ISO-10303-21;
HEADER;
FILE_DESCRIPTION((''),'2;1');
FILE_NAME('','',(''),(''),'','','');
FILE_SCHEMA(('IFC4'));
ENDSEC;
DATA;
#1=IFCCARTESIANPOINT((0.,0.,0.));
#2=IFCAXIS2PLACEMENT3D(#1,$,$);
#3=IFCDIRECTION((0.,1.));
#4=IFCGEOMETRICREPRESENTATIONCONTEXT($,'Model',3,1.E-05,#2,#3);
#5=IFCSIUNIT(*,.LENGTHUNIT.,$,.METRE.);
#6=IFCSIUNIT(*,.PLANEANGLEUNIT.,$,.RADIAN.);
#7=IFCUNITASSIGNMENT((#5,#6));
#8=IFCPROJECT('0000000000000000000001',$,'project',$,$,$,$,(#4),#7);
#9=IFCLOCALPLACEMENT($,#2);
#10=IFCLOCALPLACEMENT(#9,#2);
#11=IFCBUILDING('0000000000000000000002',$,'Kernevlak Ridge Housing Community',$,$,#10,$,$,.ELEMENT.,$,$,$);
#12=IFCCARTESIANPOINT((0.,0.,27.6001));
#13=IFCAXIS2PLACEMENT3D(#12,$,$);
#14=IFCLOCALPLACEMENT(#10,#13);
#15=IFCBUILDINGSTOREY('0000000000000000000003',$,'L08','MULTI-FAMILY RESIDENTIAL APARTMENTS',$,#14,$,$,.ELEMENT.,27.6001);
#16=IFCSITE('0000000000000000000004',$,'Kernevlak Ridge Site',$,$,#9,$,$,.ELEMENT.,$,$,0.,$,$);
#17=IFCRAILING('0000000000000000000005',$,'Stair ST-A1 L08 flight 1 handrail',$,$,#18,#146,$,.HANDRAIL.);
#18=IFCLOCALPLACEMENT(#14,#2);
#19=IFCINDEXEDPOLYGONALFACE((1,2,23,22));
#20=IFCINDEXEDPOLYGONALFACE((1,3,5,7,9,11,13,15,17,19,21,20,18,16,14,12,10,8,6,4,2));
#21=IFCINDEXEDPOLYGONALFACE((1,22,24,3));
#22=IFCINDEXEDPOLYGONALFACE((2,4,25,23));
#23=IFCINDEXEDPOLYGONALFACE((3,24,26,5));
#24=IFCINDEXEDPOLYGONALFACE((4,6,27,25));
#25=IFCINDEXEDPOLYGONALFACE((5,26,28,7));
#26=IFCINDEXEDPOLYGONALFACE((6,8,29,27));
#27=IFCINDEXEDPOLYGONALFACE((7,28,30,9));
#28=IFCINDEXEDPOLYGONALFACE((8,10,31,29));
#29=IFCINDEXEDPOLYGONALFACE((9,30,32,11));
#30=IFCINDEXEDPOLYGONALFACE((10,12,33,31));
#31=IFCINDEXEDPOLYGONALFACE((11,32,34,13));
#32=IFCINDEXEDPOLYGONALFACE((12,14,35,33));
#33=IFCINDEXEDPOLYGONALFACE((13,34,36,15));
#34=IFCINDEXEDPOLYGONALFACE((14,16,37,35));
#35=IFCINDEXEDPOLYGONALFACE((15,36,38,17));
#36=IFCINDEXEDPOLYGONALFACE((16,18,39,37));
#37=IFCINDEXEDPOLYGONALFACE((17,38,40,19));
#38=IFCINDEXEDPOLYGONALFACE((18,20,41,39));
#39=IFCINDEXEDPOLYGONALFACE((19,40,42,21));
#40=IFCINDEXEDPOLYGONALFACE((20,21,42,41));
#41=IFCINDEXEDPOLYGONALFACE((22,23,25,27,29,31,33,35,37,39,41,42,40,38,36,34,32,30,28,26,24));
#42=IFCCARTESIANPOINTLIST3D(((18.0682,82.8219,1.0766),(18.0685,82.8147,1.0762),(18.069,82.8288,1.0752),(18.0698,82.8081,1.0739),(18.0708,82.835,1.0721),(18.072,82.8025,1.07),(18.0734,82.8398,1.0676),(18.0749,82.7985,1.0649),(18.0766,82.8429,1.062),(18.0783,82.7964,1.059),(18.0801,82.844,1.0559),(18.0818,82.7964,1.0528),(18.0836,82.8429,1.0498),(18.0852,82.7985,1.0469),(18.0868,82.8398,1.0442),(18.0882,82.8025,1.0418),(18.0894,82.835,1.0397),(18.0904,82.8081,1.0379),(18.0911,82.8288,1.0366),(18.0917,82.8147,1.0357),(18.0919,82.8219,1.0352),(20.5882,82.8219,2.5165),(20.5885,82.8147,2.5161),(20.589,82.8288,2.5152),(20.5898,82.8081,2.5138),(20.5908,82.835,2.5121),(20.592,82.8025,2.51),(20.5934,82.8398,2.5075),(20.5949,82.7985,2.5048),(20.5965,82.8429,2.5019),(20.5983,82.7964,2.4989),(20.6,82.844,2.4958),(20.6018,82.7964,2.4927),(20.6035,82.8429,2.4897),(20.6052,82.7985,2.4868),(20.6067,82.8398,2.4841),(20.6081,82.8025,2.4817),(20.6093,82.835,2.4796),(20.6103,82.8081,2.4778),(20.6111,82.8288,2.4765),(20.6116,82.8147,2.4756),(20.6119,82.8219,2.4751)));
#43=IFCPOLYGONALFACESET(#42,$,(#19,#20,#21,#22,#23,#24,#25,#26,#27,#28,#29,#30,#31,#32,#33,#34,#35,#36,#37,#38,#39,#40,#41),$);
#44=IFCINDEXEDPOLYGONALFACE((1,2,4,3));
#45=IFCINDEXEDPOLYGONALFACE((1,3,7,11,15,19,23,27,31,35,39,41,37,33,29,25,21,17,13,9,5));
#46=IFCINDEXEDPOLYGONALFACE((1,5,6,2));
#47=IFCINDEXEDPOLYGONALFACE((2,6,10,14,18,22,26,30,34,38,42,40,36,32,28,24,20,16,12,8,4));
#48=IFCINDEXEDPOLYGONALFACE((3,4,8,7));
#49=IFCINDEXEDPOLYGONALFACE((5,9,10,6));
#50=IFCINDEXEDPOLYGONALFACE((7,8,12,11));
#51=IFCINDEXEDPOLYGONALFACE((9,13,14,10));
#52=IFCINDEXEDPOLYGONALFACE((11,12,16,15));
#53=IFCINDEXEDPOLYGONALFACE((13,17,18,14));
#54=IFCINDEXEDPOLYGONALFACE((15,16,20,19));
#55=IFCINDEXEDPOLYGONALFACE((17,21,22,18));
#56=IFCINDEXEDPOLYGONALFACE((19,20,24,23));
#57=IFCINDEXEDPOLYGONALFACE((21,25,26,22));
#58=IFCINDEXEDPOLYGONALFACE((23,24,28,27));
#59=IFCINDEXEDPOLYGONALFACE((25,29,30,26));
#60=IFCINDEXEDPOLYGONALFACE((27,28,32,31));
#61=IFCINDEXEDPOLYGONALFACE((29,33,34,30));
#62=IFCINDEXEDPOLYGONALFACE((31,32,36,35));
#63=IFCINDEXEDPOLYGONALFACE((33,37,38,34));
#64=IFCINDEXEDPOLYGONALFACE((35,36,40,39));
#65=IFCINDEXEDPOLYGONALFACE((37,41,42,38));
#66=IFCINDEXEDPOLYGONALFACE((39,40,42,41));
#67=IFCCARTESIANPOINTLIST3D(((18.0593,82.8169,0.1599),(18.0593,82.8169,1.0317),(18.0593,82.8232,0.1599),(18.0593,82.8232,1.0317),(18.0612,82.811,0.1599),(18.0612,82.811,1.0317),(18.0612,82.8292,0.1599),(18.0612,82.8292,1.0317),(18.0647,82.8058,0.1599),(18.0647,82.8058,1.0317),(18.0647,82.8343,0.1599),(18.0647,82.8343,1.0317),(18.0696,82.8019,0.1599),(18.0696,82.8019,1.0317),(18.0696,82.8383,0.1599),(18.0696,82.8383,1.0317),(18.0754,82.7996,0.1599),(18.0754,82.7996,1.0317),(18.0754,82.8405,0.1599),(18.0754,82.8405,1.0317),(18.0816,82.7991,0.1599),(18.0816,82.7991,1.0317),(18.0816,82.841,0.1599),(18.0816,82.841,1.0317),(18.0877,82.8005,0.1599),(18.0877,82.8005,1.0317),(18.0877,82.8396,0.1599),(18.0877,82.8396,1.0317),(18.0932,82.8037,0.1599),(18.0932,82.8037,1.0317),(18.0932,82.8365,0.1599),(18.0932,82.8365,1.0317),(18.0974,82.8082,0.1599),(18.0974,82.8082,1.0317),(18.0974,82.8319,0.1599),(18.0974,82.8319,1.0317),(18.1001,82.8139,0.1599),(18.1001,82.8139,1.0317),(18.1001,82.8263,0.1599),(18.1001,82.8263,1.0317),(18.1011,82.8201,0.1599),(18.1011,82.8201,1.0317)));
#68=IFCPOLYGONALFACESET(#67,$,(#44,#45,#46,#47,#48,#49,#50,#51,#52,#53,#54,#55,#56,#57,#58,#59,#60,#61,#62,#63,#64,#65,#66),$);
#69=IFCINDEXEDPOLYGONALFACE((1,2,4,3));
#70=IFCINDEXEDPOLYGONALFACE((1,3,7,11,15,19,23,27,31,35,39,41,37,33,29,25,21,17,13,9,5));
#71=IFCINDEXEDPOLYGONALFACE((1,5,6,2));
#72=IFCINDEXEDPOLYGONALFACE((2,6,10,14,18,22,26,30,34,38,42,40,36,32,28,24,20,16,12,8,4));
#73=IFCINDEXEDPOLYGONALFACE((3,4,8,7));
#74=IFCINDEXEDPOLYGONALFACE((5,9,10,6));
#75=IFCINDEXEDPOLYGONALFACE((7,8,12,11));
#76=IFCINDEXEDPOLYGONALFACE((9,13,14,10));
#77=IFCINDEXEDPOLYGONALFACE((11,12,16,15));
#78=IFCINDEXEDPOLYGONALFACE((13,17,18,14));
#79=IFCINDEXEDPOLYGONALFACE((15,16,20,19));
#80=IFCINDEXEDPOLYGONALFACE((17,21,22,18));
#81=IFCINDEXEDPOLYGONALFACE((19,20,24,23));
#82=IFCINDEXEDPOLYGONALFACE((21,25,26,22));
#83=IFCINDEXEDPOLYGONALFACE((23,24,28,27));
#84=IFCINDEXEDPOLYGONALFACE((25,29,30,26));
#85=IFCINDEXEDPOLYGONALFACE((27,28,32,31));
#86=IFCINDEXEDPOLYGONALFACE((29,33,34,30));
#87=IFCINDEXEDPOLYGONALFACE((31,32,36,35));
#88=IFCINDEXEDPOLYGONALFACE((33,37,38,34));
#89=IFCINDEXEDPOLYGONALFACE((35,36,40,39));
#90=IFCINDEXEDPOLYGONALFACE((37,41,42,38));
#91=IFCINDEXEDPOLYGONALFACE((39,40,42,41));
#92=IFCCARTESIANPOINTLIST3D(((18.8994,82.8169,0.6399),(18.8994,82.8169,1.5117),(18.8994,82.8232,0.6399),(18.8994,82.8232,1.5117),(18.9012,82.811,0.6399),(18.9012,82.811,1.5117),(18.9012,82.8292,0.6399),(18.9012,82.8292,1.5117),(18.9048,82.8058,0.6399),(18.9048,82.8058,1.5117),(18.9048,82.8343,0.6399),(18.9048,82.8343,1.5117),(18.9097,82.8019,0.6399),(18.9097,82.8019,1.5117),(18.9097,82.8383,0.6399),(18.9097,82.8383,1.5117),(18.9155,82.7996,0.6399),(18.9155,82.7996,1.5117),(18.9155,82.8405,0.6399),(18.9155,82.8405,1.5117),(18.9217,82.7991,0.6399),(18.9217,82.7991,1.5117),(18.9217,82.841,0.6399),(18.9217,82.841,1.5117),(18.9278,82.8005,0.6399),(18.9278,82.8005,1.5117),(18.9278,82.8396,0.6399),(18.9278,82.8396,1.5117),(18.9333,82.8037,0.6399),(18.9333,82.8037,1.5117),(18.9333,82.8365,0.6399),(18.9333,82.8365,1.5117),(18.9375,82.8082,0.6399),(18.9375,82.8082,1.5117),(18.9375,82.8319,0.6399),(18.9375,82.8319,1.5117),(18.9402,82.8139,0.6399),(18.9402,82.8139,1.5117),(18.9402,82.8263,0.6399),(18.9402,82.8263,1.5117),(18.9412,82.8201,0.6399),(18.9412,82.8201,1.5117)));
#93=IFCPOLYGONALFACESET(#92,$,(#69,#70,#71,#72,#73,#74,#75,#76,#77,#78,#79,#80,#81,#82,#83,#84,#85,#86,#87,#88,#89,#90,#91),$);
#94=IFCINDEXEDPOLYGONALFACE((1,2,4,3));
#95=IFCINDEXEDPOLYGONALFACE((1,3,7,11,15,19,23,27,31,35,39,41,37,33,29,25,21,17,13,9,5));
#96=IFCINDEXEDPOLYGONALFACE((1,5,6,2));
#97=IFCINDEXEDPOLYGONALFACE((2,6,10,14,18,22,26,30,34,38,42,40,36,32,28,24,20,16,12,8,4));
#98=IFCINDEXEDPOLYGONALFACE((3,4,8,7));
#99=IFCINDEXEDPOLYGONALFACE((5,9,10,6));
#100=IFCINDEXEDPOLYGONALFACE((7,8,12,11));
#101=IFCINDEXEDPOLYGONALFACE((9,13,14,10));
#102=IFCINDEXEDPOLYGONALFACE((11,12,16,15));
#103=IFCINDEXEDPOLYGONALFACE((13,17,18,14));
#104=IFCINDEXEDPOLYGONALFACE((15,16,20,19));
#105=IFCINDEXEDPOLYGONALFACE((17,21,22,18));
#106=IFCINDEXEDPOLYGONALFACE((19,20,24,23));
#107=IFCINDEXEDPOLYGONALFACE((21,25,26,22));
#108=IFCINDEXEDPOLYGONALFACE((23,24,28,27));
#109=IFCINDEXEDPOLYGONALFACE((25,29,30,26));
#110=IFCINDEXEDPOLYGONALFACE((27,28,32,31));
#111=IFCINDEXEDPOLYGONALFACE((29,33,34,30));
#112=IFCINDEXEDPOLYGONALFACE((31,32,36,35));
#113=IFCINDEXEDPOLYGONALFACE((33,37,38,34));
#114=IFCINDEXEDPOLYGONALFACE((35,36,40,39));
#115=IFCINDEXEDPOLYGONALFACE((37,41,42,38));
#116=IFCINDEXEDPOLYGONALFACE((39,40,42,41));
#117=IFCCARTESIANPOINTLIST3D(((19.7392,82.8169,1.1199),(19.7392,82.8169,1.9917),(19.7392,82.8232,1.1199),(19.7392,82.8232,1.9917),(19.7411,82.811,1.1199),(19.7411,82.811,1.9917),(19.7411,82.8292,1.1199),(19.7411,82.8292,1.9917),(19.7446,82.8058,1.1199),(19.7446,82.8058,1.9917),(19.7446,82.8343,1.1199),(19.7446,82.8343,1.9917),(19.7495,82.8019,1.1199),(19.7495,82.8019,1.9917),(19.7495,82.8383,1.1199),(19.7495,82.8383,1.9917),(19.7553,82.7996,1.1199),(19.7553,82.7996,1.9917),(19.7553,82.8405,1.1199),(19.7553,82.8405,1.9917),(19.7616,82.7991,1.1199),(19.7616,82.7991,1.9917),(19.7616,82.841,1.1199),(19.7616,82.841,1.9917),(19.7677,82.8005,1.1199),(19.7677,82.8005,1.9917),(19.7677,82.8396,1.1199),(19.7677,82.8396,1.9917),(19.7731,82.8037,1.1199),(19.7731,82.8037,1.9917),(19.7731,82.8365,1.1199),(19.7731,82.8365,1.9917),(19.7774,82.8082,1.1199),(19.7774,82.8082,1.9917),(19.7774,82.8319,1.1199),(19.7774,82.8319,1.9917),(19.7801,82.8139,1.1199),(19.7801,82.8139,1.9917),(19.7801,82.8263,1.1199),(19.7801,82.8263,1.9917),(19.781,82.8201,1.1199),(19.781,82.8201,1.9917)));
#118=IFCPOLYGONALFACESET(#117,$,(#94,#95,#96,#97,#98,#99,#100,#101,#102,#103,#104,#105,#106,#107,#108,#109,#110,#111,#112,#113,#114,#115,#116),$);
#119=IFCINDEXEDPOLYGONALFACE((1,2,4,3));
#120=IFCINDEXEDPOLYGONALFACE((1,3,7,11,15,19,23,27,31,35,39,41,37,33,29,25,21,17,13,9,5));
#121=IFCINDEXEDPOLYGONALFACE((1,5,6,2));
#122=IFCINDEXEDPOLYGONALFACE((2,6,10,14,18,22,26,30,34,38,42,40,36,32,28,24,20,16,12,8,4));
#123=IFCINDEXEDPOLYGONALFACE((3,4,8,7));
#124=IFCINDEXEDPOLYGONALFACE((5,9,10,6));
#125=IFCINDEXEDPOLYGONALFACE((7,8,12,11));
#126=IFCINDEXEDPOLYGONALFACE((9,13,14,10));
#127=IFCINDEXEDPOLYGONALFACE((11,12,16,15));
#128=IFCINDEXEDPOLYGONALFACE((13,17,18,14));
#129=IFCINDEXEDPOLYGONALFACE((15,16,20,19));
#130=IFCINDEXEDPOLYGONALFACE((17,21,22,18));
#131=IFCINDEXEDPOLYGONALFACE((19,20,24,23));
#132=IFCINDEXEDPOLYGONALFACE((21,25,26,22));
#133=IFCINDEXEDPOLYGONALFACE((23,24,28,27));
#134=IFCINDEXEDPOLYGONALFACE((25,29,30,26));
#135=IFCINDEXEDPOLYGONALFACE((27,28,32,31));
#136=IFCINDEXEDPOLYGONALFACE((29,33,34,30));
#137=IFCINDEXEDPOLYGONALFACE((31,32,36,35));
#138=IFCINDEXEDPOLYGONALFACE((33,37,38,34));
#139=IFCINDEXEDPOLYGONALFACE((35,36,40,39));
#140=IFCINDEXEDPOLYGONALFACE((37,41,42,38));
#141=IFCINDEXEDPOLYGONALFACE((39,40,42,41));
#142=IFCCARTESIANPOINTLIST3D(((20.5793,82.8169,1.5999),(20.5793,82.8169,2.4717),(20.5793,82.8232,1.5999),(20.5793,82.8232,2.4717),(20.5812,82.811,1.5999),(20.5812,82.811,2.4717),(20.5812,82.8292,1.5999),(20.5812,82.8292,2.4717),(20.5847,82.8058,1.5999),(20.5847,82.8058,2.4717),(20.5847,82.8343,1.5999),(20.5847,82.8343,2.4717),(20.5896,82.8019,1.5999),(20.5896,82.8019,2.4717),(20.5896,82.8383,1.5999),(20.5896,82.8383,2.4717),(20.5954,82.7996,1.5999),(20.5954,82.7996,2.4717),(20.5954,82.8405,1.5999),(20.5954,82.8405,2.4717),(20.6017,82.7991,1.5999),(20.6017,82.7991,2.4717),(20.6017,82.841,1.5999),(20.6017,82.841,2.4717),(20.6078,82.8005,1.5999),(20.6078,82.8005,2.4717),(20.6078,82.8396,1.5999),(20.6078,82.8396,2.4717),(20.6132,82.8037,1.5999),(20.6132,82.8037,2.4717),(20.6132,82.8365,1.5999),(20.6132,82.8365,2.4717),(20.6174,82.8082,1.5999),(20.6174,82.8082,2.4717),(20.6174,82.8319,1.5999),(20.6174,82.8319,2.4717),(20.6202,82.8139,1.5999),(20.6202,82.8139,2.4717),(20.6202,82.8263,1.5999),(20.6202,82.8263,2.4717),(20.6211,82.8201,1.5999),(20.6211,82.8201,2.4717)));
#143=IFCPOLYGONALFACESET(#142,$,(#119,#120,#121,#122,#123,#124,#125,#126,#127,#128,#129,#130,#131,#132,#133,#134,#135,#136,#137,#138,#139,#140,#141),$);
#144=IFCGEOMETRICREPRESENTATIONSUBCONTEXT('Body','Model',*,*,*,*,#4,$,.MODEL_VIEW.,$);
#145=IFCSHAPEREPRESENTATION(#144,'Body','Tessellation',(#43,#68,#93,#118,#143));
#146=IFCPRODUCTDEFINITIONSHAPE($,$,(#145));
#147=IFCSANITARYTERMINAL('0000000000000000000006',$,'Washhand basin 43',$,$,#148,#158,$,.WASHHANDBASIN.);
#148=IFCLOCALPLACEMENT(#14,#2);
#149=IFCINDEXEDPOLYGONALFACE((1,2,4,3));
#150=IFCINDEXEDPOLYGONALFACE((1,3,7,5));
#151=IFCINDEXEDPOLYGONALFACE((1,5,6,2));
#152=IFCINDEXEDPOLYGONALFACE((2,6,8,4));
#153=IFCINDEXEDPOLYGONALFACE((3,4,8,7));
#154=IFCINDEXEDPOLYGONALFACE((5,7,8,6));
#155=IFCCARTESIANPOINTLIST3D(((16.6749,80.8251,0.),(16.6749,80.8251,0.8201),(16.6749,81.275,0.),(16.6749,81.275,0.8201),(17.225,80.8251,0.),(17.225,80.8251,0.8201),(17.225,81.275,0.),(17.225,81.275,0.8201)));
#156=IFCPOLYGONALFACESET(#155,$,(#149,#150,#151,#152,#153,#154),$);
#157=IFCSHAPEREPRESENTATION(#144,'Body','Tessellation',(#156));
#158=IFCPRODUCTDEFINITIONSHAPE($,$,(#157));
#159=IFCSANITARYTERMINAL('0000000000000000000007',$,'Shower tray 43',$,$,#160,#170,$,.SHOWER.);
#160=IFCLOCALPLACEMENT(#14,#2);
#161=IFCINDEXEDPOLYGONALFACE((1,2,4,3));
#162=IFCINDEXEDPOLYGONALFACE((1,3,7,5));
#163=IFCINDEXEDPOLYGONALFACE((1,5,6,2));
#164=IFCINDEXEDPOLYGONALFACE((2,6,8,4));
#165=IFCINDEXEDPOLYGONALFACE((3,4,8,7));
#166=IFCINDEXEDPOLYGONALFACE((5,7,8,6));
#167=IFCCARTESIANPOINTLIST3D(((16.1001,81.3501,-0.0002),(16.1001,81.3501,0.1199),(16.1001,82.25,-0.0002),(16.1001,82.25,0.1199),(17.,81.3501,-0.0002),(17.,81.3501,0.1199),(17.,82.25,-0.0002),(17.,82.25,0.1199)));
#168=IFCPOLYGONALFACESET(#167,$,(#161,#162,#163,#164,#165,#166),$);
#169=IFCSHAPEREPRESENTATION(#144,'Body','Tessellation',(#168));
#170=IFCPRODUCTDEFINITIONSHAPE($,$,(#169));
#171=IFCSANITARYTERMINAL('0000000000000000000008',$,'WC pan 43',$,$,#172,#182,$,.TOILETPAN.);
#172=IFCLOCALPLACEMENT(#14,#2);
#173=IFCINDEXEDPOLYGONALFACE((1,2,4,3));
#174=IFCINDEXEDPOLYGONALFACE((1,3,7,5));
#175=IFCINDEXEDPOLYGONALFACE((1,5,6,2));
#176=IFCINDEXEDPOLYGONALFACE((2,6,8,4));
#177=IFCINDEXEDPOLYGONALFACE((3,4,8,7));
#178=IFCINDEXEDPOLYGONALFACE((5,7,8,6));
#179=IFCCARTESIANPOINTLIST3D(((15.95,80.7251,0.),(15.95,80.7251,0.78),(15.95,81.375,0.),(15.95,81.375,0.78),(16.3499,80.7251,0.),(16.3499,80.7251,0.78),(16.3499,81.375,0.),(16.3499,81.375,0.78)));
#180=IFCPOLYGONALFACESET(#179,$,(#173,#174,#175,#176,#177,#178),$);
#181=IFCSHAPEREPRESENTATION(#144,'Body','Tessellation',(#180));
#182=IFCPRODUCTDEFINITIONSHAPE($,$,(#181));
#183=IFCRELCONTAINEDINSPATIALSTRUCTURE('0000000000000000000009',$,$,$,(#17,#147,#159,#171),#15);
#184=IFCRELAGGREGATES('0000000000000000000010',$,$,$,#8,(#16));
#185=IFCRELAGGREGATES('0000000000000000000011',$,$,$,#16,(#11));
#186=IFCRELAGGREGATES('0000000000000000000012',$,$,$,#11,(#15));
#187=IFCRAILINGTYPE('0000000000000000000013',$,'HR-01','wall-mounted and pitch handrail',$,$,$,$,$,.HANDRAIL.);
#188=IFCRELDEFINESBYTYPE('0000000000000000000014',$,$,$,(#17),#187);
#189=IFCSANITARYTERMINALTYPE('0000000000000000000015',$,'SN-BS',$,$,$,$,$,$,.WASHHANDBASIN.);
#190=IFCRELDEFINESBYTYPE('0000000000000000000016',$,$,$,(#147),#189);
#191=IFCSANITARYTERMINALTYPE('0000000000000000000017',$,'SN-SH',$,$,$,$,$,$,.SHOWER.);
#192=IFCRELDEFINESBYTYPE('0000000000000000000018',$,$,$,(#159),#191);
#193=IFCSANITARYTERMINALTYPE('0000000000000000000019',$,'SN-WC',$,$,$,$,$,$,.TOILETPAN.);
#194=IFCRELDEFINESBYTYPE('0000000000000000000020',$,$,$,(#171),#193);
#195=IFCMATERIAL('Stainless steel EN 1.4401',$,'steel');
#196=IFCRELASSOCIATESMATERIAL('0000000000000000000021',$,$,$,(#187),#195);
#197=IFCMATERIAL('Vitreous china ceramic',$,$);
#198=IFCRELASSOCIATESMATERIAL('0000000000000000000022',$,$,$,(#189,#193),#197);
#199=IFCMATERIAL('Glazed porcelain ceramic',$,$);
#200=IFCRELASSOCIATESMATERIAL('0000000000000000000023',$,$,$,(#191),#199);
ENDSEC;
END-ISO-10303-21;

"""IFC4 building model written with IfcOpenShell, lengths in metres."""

from ifc_helpers import new_model, si_unit, direction, frame, origin, origin_2d, place, context, subcontext, project, spatial, rectangle, circle, extrude, material, type_object, element, save


model = new_model("IFC4")

# Units and contexts
model_context = context("Model", 3, precision=1e-05, world=origin(), true_north=direction((0.0, 1.0)))
body_context = subcontext(model_context, "Body", "Model", "MODEL_VIEW")
ifc_project = project(units=[si_unit("LENGTHUNIT", "METRE"), si_unit("PLANEANGLEUNIT", "RADIAN")], contexts=[model_context])

# Site, building, storey
site_placement = place(None, origin())
site = spatial("IfcSite", under=ifc_project, at=site_placement, Name="Kernevlak Ridge Site", CompositionType="ELEMENT", RefElevation=0.0)
building_placement = place(site_placement, origin())
building = spatial("IfcBuilding", under=site, at=building_placement, Name="Kernevlak Ridge Housing Community", CompositionType="ELEMENT")
storey_placement = place(building_placement, frame((0.0, 0.0, 27.6001)))
storey = spatial("IfcBuildingStorey", under=building, at=storey_placement, Name="L08", Description="MULTI-FAMILY RESIDENTIAL APARTMENTS", CompositionType="ELEMENT", Elevation=27.6001)

# Railing
ifc_material_1 = material(Name="Stainless steel EN 1.4401", Category="steel")
railing_type_1 = type_object("IfcRailingType", Name="HR-01", Description="wall-mounted and pitch handrail", PredefinedType="HANDRAIL", material=ifc_material_1)
railing_1_placement = place(storey_placement, frame((18.0801, 82.8201, 0.1599)))
element("IfcRailing", 1, at=railing_1_placement, inside=storey, type_object=railing_type_1, Name="Stair ST-A1 L08 flight 1 handrail", PredefinedType="HANDRAIL", context=body_context, shape_type="SweptSolid", body=[
    extrude(circle(Radius=0.0239, at=origin_2d()), frame((0.0, 0.0, 0.896), z_axis=(0.868253, 0.0, 0.496121), x_axis=(0.0, 1.0, 0.0)), (0.0, 0.0, 1.0), 2.9023),
    extrude(circle(Radius=0.021, at=origin_2d()), origin(), (0.0, 0.0, 1.0), 0.8718),
    extrude(circle(Radius=0.021, at=origin_2d()), frame((0.8401, 0.0, 0.48)), (0.0, 0.0, 1.0), 0.8718),
    extrude(circle(Radius=0.021, at=origin_2d()), frame((1.6799, 0.0, 0.96)), (0.0, 0.0, 1.0), 0.8718),
    extrude(circle(Radius=0.021, at=origin_2d()), frame((2.52, 0.0, 1.4399)), (0.0, 0.0, 1.0), 0.8718),
])

# Sanitary terminals
ifc_material_2 = material(Name="Vitreous china ceramic")
sanitary_terminal_type_1 = type_object("IfcSanitaryTerminalType", Name="SN-BS", PredefinedType="WASHHANDBASIN", material=ifc_material_2)
sanitary_terminal_1_placement = place(storey_placement, frame((16.95, 81.05, 0.0), z_axis=(0.0, 0.0, 1.0), x_axis=(1.0, 0.0, 0.0)))
element("IfcSanitaryTerminal", 2, at=sanitary_terminal_1_placement, inside=storey, type_object=sanitary_terminal_type_1, Name="Washhand basin 43", PredefinedType="WASHHANDBASIN", context=body_context, shape_type="SweptSolid", body=[
    extrude(rectangle(XDim=0.55, YDim=0.45, at=origin_2d()), origin(), (0.0, 0.0, 1.0), 0.8201),
])
ifc_material_3 = material(Name="Glazed porcelain ceramic")
sanitary_terminal_type_2 = type_object("IfcSanitaryTerminalType", Name="SN-SH", PredefinedType="SHOWER", material=ifc_material_3)
sanitary_terminal_2_placement = place(storey_placement, frame((16.55, 81.8, -0.0002), z_axis=(0.0, 0.0, 1.0), x_axis=(1.0, 0.0, 0.0)))
element("IfcSanitaryTerminal", 3, at=sanitary_terminal_2_placement, inside=storey, type_object=sanitary_terminal_type_2, Name="Shower tray 43", PredefinedType="SHOWER", context=body_context, shape_type="SweptSolid", body=[
    extrude(rectangle(XDim=0.8999, YDim=0.8999, at=origin_2d()), origin(), (0.0, 0.0, 1.0), 0.1201),
])
sanitary_terminal_type_3 = type_object("IfcSanitaryTerminalType", Name="SN-WC", PredefinedType="TOILETPAN", material=ifc_material_2)
sanitary_terminal_3_placement = place(storey_placement, frame((16.1499, 81.05, 0.0), z_axis=(0.0, 0.0, 1.0), x_axis=(1.0, 0.0, 0.0)))
element("IfcSanitaryTerminal", 4, at=sanitary_terminal_3_placement, inside=storey, type_object=sanitary_terminal_type_3, Name="WC pan 43", PredefinedType="TOILETPAN", context=body_context, shape_type="SweptSolid", body=[
    extrude(rectangle(XDim=0.3999, YDim=0.6499, at=origin_2d()), origin(), (0.0, 0.0, 1.0), 0.78),
])

save(model, "model.ifc")
